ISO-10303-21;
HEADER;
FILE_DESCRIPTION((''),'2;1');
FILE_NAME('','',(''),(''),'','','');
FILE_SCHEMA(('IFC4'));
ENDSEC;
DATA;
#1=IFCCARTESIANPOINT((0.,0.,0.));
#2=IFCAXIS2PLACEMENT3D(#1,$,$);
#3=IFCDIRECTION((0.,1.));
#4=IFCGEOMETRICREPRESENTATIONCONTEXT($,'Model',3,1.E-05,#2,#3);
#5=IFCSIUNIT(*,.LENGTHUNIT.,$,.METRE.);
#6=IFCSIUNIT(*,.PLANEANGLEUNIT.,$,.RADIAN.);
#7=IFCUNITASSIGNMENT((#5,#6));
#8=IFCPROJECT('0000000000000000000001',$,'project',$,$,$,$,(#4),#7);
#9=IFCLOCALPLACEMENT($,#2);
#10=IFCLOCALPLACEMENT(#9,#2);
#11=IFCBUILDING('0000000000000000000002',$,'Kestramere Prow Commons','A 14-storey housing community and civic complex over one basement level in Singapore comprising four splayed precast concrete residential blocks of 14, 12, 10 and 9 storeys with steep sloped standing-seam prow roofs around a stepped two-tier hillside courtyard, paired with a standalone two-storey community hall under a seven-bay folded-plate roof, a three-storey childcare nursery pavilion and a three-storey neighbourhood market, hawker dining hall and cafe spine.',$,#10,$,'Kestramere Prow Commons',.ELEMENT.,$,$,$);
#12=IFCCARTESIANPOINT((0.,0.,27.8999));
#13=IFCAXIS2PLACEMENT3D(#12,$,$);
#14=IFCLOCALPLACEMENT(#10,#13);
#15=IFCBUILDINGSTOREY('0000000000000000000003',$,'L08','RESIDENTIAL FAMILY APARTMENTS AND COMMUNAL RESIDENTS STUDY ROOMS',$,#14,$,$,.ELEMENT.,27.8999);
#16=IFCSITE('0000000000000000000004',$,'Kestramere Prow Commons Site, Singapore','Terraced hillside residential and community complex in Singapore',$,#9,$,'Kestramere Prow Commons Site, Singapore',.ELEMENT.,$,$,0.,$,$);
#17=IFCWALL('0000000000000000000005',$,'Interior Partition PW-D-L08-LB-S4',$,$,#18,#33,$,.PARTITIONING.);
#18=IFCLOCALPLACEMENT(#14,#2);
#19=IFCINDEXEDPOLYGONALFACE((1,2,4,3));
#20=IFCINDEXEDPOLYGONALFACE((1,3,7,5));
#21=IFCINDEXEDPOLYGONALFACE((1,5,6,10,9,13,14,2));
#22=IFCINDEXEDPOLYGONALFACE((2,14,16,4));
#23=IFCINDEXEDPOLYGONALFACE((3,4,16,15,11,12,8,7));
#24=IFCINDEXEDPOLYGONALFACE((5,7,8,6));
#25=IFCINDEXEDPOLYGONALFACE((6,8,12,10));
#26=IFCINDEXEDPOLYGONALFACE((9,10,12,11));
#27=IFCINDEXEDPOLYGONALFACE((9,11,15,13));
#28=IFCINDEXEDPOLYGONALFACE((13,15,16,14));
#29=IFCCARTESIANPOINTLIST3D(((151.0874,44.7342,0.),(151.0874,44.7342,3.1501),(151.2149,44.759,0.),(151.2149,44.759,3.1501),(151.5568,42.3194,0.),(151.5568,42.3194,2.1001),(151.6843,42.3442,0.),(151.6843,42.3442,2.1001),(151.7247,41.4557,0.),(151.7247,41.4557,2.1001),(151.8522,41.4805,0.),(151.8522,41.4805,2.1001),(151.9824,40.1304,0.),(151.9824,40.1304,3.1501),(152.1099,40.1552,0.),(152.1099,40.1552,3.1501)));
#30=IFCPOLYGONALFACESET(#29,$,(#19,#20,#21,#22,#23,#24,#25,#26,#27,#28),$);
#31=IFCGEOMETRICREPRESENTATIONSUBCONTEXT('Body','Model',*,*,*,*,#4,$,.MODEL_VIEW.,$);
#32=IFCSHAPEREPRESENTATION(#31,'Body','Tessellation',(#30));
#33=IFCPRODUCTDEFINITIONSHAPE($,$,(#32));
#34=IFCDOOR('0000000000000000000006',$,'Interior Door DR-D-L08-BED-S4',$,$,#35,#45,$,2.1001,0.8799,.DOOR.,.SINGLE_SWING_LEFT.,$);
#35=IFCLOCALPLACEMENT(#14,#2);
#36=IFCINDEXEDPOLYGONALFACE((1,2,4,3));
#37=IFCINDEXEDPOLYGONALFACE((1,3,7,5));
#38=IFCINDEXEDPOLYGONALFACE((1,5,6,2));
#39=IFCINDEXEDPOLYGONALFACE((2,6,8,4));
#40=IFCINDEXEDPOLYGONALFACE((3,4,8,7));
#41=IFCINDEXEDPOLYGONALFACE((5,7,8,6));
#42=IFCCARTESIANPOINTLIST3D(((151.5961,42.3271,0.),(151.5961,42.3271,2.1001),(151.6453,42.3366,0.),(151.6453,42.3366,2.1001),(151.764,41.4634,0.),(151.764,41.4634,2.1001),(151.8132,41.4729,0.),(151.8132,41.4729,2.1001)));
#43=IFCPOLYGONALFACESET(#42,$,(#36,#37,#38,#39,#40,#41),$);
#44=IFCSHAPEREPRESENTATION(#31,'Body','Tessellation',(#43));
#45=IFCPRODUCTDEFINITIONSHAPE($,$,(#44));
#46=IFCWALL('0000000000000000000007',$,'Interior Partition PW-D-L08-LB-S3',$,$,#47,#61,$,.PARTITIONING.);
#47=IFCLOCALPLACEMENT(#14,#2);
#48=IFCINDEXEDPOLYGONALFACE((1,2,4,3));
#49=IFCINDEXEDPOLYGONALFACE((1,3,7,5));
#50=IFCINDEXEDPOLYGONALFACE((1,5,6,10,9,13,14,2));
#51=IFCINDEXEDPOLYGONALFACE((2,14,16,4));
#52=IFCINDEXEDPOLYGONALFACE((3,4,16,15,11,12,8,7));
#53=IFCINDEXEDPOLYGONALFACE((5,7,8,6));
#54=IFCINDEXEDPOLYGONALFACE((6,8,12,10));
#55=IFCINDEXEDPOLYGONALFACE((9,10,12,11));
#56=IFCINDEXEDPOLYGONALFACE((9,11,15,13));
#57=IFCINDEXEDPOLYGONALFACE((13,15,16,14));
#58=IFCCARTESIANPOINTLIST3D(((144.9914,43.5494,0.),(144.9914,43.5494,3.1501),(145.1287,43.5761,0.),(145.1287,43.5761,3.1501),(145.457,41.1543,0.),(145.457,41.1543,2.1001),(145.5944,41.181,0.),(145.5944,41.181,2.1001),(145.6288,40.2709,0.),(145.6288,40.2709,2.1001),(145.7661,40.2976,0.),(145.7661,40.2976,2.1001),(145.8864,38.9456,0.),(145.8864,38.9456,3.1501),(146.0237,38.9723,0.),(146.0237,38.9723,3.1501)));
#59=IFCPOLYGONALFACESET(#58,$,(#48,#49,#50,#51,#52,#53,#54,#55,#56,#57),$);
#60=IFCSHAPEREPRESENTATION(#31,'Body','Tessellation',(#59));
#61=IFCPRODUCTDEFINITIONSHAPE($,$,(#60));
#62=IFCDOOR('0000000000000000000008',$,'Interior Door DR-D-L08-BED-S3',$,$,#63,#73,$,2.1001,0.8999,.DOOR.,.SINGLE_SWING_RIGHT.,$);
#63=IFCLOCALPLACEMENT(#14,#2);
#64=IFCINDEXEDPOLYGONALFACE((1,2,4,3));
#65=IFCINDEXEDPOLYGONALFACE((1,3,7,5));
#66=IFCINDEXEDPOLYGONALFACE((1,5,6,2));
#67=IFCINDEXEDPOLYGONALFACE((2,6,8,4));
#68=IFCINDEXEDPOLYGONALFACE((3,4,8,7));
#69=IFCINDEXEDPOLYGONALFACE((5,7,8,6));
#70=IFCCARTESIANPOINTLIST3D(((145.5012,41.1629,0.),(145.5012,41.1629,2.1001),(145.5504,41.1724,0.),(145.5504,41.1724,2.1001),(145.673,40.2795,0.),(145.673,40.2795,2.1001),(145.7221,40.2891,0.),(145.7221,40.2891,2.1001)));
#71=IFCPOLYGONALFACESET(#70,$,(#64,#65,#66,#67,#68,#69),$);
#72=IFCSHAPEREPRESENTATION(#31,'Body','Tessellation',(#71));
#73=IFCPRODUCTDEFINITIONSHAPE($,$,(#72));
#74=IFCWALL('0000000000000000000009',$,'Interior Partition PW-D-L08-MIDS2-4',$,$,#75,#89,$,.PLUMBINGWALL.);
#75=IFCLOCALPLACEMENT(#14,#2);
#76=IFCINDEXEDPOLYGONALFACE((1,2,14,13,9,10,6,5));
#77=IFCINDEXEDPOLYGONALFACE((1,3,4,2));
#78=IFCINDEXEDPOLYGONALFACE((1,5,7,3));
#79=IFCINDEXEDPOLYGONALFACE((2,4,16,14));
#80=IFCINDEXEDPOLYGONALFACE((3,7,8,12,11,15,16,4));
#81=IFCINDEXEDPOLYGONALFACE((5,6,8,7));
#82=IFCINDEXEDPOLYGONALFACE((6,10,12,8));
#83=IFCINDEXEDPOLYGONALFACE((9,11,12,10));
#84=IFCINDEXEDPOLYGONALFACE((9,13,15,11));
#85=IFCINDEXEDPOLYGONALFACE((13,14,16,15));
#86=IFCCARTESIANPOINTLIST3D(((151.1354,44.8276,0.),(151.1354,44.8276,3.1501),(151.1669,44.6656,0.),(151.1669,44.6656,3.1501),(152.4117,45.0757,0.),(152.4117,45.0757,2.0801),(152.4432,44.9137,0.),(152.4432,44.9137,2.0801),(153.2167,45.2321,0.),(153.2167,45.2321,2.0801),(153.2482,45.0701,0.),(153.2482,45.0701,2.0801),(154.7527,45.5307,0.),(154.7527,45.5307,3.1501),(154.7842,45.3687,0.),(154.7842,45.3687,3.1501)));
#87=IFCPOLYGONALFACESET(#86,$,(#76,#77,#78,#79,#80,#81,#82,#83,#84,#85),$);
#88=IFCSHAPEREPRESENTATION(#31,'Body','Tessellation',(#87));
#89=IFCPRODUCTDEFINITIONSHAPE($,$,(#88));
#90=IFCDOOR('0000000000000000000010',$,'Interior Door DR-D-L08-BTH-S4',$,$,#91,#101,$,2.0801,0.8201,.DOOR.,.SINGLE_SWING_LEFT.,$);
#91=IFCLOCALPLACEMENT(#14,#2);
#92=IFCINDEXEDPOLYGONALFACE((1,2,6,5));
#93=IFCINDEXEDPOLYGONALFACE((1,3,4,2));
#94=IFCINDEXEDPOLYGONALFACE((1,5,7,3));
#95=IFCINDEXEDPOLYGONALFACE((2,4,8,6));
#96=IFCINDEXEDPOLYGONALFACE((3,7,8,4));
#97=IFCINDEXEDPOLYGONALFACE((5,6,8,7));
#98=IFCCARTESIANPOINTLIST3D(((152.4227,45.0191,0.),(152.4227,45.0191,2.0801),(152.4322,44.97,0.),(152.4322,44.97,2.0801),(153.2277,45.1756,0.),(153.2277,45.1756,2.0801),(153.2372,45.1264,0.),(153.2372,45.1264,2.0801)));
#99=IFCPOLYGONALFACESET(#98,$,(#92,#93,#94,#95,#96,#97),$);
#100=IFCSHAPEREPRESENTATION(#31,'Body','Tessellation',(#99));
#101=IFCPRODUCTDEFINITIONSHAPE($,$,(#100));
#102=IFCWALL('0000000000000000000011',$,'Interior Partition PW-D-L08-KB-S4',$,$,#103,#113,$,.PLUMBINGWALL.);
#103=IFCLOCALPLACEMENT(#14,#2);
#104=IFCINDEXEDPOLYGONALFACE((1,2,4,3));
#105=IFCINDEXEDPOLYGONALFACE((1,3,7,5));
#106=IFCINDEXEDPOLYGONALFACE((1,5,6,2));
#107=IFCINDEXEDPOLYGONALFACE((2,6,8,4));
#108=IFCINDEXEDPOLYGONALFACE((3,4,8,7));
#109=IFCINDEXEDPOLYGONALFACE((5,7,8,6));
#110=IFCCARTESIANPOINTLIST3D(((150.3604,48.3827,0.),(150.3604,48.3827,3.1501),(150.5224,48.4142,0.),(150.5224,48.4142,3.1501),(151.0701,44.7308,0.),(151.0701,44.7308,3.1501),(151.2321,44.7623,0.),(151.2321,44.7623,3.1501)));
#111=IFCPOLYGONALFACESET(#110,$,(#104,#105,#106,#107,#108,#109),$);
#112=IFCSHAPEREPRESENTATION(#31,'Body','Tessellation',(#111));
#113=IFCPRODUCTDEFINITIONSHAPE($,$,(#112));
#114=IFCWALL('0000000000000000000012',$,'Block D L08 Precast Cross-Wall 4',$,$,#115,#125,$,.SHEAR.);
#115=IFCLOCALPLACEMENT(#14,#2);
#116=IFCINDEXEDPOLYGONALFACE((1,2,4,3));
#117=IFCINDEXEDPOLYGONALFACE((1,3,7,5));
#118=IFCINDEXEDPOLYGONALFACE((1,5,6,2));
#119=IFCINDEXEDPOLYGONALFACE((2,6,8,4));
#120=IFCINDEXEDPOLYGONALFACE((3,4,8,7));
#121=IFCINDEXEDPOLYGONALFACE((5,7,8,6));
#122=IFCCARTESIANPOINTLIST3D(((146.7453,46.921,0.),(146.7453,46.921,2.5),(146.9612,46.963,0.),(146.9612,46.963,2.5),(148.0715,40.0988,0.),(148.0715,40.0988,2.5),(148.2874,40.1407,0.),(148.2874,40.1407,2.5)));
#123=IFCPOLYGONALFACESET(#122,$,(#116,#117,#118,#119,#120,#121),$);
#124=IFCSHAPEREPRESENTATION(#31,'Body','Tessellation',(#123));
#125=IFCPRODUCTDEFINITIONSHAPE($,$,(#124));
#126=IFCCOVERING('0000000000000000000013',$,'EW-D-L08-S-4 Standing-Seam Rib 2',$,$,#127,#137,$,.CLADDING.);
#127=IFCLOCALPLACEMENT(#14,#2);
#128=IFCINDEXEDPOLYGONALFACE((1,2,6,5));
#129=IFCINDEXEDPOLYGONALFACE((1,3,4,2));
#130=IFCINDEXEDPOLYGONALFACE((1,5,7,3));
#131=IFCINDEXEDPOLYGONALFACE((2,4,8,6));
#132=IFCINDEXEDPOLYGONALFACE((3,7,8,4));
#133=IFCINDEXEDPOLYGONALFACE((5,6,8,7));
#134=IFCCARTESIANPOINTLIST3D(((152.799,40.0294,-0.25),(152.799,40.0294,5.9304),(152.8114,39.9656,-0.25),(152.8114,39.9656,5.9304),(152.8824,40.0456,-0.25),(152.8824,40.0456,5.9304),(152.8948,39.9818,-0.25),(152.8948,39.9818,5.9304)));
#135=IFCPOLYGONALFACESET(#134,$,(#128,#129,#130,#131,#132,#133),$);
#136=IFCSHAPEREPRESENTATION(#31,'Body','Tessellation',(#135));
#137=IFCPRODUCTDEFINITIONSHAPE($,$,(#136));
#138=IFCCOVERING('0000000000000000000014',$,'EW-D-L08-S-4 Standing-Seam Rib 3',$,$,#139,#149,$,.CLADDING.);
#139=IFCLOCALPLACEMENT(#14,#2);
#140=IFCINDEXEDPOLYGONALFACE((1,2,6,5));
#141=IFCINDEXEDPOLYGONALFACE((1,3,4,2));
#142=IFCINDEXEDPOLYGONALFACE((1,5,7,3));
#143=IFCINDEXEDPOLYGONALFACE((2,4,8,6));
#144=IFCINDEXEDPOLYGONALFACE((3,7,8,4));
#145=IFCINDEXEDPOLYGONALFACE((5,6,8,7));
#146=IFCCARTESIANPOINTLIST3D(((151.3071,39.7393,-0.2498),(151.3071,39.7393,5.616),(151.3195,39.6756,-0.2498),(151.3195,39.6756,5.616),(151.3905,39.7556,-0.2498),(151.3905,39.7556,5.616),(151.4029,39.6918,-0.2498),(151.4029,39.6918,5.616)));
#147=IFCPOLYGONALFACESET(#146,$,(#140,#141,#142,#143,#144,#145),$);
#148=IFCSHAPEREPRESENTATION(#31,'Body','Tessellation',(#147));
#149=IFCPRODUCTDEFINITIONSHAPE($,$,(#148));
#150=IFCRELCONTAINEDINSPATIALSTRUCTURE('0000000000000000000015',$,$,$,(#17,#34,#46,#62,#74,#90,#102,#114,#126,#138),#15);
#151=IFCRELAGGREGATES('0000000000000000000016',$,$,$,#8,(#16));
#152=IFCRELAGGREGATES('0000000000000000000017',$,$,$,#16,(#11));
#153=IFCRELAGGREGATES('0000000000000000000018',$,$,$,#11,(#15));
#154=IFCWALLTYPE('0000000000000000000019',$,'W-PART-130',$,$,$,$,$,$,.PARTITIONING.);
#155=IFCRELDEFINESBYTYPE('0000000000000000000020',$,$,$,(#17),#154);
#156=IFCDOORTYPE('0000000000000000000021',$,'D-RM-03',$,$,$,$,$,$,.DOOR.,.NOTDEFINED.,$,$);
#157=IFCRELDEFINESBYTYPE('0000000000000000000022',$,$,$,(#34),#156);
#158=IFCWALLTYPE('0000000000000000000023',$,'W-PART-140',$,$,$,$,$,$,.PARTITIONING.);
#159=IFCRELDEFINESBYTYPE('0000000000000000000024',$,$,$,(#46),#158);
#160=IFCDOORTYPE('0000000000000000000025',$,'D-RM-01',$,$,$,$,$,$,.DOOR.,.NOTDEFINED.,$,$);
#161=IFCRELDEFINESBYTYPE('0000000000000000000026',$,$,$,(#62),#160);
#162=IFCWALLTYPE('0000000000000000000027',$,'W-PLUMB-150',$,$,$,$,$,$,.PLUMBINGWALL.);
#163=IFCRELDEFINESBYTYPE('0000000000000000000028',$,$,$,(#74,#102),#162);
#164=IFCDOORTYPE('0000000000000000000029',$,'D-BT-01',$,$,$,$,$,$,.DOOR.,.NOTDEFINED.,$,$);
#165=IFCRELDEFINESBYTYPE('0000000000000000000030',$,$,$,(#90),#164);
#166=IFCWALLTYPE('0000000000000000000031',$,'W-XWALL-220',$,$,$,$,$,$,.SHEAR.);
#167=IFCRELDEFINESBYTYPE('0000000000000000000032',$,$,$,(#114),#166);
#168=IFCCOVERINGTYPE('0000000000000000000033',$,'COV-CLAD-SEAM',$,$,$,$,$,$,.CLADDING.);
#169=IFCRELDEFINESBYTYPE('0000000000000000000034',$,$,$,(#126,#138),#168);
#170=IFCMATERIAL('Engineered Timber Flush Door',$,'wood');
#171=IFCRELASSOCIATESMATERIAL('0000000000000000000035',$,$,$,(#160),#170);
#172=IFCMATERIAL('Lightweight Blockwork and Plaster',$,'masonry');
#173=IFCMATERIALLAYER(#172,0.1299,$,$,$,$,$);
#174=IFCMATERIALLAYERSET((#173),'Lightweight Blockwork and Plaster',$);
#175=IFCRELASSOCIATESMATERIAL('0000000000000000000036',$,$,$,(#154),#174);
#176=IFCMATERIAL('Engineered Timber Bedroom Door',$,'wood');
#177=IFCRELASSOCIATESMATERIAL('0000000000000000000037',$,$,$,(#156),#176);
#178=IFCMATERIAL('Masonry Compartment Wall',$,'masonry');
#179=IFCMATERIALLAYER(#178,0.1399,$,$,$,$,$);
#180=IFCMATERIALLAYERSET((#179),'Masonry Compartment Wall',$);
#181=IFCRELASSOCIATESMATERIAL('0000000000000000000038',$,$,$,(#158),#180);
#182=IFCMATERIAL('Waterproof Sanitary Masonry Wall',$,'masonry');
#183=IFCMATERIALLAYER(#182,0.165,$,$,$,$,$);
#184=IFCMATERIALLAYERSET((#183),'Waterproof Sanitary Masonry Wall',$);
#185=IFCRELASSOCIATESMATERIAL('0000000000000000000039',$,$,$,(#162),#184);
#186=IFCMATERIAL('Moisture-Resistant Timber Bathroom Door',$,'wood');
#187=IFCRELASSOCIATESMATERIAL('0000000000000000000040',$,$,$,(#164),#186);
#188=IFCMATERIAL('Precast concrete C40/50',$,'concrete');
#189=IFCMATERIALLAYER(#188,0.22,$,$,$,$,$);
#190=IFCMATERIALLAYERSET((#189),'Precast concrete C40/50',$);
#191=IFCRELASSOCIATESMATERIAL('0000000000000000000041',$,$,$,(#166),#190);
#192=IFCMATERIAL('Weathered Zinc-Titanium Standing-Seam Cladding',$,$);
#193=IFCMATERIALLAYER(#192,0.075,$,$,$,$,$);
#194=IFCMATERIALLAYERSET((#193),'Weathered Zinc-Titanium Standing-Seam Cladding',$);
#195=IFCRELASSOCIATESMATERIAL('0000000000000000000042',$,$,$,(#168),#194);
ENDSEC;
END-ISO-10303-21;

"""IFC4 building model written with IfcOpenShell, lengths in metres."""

from ifc_helpers import new_model, si_unit, direction, frame, frame_2d, origin, origin_2d, place, context, subcontext, project, spatial, rectangle, extrude, material, layer, layer_set, type_object, element, fill, save


model = new_model("IFC4")

# Units and contexts
model_context = context("Model", 3, precision=1e-05, world=origin(), true_north=direction((0.0, 1.0)))
body_context = subcontext(model_context, "Body", "Model", "MODEL_VIEW")
ifc_project = project(units=[si_unit("LENGTHUNIT", "METRE"), si_unit("PLANEANGLEUNIT", "RADIAN")], contexts=[model_context])

# Site, building, storey
site_placement = place(None, origin())
site = spatial("IfcSite", under=ifc_project, at=site_placement, Name="Kestramere Prow Commons Site, Singapore", Description="Terraced hillside residential and community complex in Singapore", LongName="Kestramere Prow Commons Site, Singapore", CompositionType="ELEMENT", RefElevation=0.0)
building_placement = place(site_placement, origin())
building = spatial("IfcBuilding", under=site, at=building_placement, Name="Kestramere Prow Commons", Description="A 14-storey housing community and civic complex over one basement level in Singapore comprising four splayed precast concrete residential blocks of 14, 12, 10 and 9 storeys with steep sloped standing-seam prow roofs around a stepped two-tier hillside courtyard, paired with a standalone two-storey community hall under a seven-bay folded-plate roof, a three-storey childcare nursery pavilion and a three-storey neighbourhood market, hawker dining hall and cafe spine.", LongName="Kestramere Prow Commons", CompositionType="ELEMENT")
storey_placement = place(building_placement, frame((0.0, 0.0, 27.8999)))
storey = spatial("IfcBuildingStorey", under=building, at=storey_placement, Name="L08", Description="RESIDENTIAL FAMILY APARTMENTS AND COMMUNAL RESIDENTS STUDY ROOMS", CompositionType="ELEMENT", Elevation=27.8999)

# Shared definitions
ifc_material_1 = material(Name="Precast concrete C40/50", Category="concrete")

# Walls, openings, doors
ifc_material_2 = material(Name="Engineered Timber Flush Door", Category="wood")
door_type_1 = type_object("IfcDoorType", Name="D-RM-01", OperationType="NOTDEFINED", PredefinedType="DOOR", material=ifc_material_2)
ifc_material_3 = material(Name="Lightweight Blockwork and Plaster", Category="masonry")
ifc_layer_1 = layer(ifc_material_3, 0.1299)
ifc_layer_set_1 = layer_set([ifc_layer_1], Name="Lightweight Blockwork and Plaster")
wall_type_1 = type_object("IfcWallType", Name="W-PART-130", PredefinedType="PARTITIONING", material=ifc_layer_set_1)
wall_1_placement = place(storey_placement, frame((152.0461, 40.1428, 0.0), z_axis=(0.0, 0.0, 1.0), x_axis=(-0.190838, 0.981622, 0.0)))
wall_1 = element("IfcWall", 1, at=wall_1_placement, inside=storey, type_object=wall_type_1, Name="Interior Partition PW-D-L08-LB-S4", PredefinedType="PARTITIONING", context=body_context, shape_type="SweptSolid", body=[
    extrude(rectangle(XDim=4.6899, YDim=0.1299, at=frame_2d((2.345, 0.0))), origin(), (0.0, 0.0, 1.0), 3.1501),
])
opening_1_placement = place(wall_1_placement, frame((1.3501, 0.0, 0.0)))
opening_1 = element("IfcOpeningElement", 2, at=opening_1_placement, cuts=wall_1, PredefinedType="OPENING", context=body_context, shape_type="SweptSolid", body=[
    extrude(rectangle(XDim=0.8799, YDim=2.1001, at=frame_2d((0.4399, 1.05))), frame((0.0, 0.0798, 0.0), z_axis=(0.0, -1.0, 0.0), x_axis=(1.0, 0.0, 0.0)), (0.0, 0.0, 1.0), 0.1599),
])
ifc_material_4 = material(Name="Engineered Timber Bedroom Door", Category="wood")
door_type_2 = type_object("IfcDoorType", Name="D-RM-03", OperationType="NOTDEFINED", PredefinedType="DOOR", material=ifc_material_4)
door_1_placement = place(opening_1_placement, origin())
door_1 = element("IfcDoor", 3, at=door_1_placement, inside=storey, type_object=door_type_2, Name="Interior Door DR-D-L08-BED-S4", OperationType="SINGLE_SWING_LEFT", OverallHeight=2.1001, OverallWidth=0.8799, PredefinedType="DOOR", context=body_context, shape_type="SweptSolid", body=[
    extrude(rectangle(XDim=0.8799, YDim=2.1001, at=frame_2d((0.4399, 1.05))), frame((0.0, 0.0249, 0.0), z_axis=(0.0, -1.0, 0.0), x_axis=(1.0, 0.0, 0.0)), (0.0, 0.0, 1.0), 0.05),
])
fill(opening_1, door_1)
ifc_material_5 = material(Name="Masonry Compartment Wall", Category="masonry")
ifc_layer_2 = layer(ifc_material_5, 0.1399)
ifc_layer_set_2 = layer_set([ifc_layer_2], Name="Masonry Compartment Wall")
wall_type_2 = type_object("IfcWallType", Name="W-PART-140", PredefinedType="PARTITIONING", material=ifc_layer_set_2)
wall_2_placement = place(storey_placement, frame((145.9551, 38.959, 0.0), z_axis=(0.0, 0.0, 1.0), x_axis=(-0.190838, 0.981622, 0.0)))
wall_2 = element("IfcWall", 4, at=wall_2_placement, inside=storey, type_object=wall_type_2, Name="Interior Partition PW-D-L08-LB-S3", PredefinedType="PARTITIONING", context=body_context, shape_type="SweptSolid", body=[
    extrude(rectangle(XDim=4.6899, YDim=0.1399, at=frame_2d((2.345, 0.0))), origin(), (0.0, 0.0, 1.0), 3.1501),
])
opening_2_placement = place(wall_2_placement, frame((1.3501, 0.0, 0.0)))
opening_2 = element("IfcOpeningElement", 5, at=opening_2_placement, cuts=wall_2, PredefinedType="OPENING", context=body_context, shape_type="SweptSolid", body=[
    extrude(rectangle(XDim=0.8999, YDim=2.1001, at=frame_2d((0.45, 1.05))), frame((0.0, 0.085, 0.0), z_axis=(0.0, -1.0, 0.0), x_axis=(1.0, 0.0, 0.0)), (0.0, 0.0, 1.0), 0.1699),
])
door_2_placement = place(opening_2_placement, origin())
door_2 = element("IfcDoor", 6, at=door_2_placement, inside=storey, type_object=door_type_1, Name="Interior Door DR-D-L08-BED-S3", OperationType="SINGLE_SWING_RIGHT", OverallHeight=2.1001, OverallWidth=0.8999, PredefinedType="DOOR", context=body_context, shape_type="SweptSolid", body=[
    extrude(rectangle(XDim=0.8999, YDim=2.1001, at=frame_2d((0.45, 1.05))), frame((0.0, 0.0249, 0.0), z_axis=(0.0, -1.0, 0.0), x_axis=(1.0, 0.0, 0.0)), (0.0, 0.0, 1.0), 0.05),
])
fill(opening_2, door_2)
ifc_material_6 = material(Name="Waterproof Sanitary Masonry Wall", Category="masonry")
ifc_layer_3 = layer(ifc_material_6, 0.165)
ifc_layer_set_3 = layer_set([ifc_layer_3], Name="Waterproof Sanitary Masonry Wall")
wall_type_3 = type_object("IfcWallType", Name="W-PLUMB-150", PredefinedType="PLUMBINGWALL", material=ifc_layer_set_3)
wall_3_placement = place(storey_placement, frame((151.1511, 44.7466, 0.0), z_axis=(0.0, 0.0, 1.0), x_axis=(0.981629, 0.190801, 0.0)))
wall_3 = element("IfcWall", 7, at=wall_3_placement, inside=storey, type_object=wall_type_3, Name="Interior Partition PW-D-L08-MIDS2-4", PredefinedType="PLUMBINGWALL", context=body_context, shape_type="SweptSolid", body=[
    extrude(rectangle(XDim=3.6851, YDim=0.165, at=frame_2d((1.8425, 0.0))), origin(), (0.0, 0.0, 1.0), 3.1501),
])
opening_3_placement = place(wall_3_placement, frame((1.3, 0.0, 0.0)))
opening_3 = element("IfcOpeningElement", 8, at=opening_3_placement, cuts=wall_3, PredefinedType="OPENING", context=body_context, shape_type="SweptSolid", body=[
    extrude(rectangle(XDim=0.8201, YDim=2.0801, at=frame_2d((0.4102, 1.04))), frame((0.0, 0.0974, 0.0), z_axis=(0.0, -1.0, 0.0), x_axis=(1.0, 0.0, 0.0)), (0.0, 0.0, 1.0), 0.1951),
])
ifc_material_7 = material(Name="Moisture-Resistant Timber Bathroom Door", Category="wood")
door_type_3 = type_object("IfcDoorType", Name="D-BT-01", OperationType="NOTDEFINED", PredefinedType="DOOR", material=ifc_material_7)
door_3_placement = place(opening_3_placement, origin())
door_3 = element("IfcDoor", 9, at=door_3_placement, inside=storey, type_object=door_type_3, Name="Interior Door DR-D-L08-BTH-S4", OperationType="SINGLE_SWING_LEFT", OverallHeight=2.0801, OverallWidth=0.8201, PredefinedType="DOOR", context=body_context, shape_type="SweptSolid", body=[
    extrude(rectangle(XDim=0.8201, YDim=2.0801, at=frame_2d((0.4102, 1.04))), frame((0.0, 0.0249, 0.0), z_axis=(0.0, -1.0, 0.0), x_axis=(1.0, 0.0, 0.0)), (0.0, 0.0, 1.0), 0.05),
])
fill(opening_3, door_3)

# Walls
wall_4_placement = place(storey_placement, frame((151.1511, 44.7466, 0.0), z_axis=(0.0, 0.0, 1.0), x_axis=(-0.190775, 0.981634, 0.0)))
element("IfcWall", 10, at=wall_4_placement, inside=storey, type_object=wall_type_3, Name="Interior Partition PW-D-L08-KB-S4", PredefinedType="PLUMBINGWALL", context=body_context, shape_type="SweptSolid", body=[
    extrude(rectangle(XDim=3.7202, YDim=0.165, at=frame_2d((1.8601, 0.0))), origin(), (0.0, 0.0, 1.0), 3.1501),
])
ifc_layer_4 = layer(ifc_material_1, 0.22)
ifc_layer_set_4 = layer_set([ifc_layer_4], Name="Precast concrete C40/50")
wall_type_4 = type_object("IfcWallType", Name="W-XWALL-220", PredefinedType="SHEAR", material=ifc_layer_set_4)
wall_5_placement = place(storey_placement, frame((148.1794, 40.1196, 0.0), z_axis=(0.0, 0.0, 1.0), x_axis=(-0.190817, 0.981626, 0.0)))
element("IfcWall", 11, at=wall_5_placement, inside=storey, type_object=wall_type_4, Name="Block D L08 Precast Cross-Wall 4", PredefinedType="SHEAR", context=body_context, shape_type="SweptSolid", body=[
    extrude(rectangle(XDim=6.95, YDim=0.22, at=frame_2d((3.4751, 0.0))), origin(), (0.0, 0.0, 1.0), 2.5),
])

# Coverings
ifc_material_8 = material(Name="Weathered Zinc-Titanium Standing-Seam Cladding")
ifc_layer_5 = layer(ifc_material_8, 0.075)
ifc_layer_set_5 = layer_set([ifc_layer_5], Name="Weathered Zinc-Titanium Standing-Seam Cladding")
covering_type = type_object("IfcCoveringType", Name="COV-CLAD-SEAM", PredefinedType="CLADDING", material=ifc_layer_set_5)
covering_1_placement = place(storey_placement, frame((152.8469, 40.0056, -0.25), z_axis=(0.0, 0.0, 1.0), x_axis=(-0.981627, -0.190809, 0.0)))
element("IfcCovering", 12, at=covering_1_placement, inside=storey, type_object=covering_type, Name="EW-D-L08-S-4 Standing-Seam Rib 2", PredefinedType="CLADDING", context=body_context, shape_type="SweptSolid", body=[
    extrude(rectangle(XDim=0.085, YDim=0.0649, at=origin_2d()), origin(), (0.0, 0.0, 1.0), 6.1804),
])
covering_2_placement = place(storey_placement, frame((151.355, 39.7156, -0.2498), z_axis=(0.0, 0.0, 1.0), x_axis=(-0.981627, -0.190809, 0.0)))
element("IfcCovering", 13, at=covering_2_placement, inside=storey, type_object=covering_type, Name="EW-D-L08-S-4 Standing-Seam Rib 3", PredefinedType="CLADDING", context=body_context, shape_type="SweptSolid", body=[
    extrude(rectangle(XDim=0.085, YDim=0.0649, at=origin_2d()), origin(), (0.0, 0.0, 1.0), 5.8657),
])

save(model, "model.ifc")
